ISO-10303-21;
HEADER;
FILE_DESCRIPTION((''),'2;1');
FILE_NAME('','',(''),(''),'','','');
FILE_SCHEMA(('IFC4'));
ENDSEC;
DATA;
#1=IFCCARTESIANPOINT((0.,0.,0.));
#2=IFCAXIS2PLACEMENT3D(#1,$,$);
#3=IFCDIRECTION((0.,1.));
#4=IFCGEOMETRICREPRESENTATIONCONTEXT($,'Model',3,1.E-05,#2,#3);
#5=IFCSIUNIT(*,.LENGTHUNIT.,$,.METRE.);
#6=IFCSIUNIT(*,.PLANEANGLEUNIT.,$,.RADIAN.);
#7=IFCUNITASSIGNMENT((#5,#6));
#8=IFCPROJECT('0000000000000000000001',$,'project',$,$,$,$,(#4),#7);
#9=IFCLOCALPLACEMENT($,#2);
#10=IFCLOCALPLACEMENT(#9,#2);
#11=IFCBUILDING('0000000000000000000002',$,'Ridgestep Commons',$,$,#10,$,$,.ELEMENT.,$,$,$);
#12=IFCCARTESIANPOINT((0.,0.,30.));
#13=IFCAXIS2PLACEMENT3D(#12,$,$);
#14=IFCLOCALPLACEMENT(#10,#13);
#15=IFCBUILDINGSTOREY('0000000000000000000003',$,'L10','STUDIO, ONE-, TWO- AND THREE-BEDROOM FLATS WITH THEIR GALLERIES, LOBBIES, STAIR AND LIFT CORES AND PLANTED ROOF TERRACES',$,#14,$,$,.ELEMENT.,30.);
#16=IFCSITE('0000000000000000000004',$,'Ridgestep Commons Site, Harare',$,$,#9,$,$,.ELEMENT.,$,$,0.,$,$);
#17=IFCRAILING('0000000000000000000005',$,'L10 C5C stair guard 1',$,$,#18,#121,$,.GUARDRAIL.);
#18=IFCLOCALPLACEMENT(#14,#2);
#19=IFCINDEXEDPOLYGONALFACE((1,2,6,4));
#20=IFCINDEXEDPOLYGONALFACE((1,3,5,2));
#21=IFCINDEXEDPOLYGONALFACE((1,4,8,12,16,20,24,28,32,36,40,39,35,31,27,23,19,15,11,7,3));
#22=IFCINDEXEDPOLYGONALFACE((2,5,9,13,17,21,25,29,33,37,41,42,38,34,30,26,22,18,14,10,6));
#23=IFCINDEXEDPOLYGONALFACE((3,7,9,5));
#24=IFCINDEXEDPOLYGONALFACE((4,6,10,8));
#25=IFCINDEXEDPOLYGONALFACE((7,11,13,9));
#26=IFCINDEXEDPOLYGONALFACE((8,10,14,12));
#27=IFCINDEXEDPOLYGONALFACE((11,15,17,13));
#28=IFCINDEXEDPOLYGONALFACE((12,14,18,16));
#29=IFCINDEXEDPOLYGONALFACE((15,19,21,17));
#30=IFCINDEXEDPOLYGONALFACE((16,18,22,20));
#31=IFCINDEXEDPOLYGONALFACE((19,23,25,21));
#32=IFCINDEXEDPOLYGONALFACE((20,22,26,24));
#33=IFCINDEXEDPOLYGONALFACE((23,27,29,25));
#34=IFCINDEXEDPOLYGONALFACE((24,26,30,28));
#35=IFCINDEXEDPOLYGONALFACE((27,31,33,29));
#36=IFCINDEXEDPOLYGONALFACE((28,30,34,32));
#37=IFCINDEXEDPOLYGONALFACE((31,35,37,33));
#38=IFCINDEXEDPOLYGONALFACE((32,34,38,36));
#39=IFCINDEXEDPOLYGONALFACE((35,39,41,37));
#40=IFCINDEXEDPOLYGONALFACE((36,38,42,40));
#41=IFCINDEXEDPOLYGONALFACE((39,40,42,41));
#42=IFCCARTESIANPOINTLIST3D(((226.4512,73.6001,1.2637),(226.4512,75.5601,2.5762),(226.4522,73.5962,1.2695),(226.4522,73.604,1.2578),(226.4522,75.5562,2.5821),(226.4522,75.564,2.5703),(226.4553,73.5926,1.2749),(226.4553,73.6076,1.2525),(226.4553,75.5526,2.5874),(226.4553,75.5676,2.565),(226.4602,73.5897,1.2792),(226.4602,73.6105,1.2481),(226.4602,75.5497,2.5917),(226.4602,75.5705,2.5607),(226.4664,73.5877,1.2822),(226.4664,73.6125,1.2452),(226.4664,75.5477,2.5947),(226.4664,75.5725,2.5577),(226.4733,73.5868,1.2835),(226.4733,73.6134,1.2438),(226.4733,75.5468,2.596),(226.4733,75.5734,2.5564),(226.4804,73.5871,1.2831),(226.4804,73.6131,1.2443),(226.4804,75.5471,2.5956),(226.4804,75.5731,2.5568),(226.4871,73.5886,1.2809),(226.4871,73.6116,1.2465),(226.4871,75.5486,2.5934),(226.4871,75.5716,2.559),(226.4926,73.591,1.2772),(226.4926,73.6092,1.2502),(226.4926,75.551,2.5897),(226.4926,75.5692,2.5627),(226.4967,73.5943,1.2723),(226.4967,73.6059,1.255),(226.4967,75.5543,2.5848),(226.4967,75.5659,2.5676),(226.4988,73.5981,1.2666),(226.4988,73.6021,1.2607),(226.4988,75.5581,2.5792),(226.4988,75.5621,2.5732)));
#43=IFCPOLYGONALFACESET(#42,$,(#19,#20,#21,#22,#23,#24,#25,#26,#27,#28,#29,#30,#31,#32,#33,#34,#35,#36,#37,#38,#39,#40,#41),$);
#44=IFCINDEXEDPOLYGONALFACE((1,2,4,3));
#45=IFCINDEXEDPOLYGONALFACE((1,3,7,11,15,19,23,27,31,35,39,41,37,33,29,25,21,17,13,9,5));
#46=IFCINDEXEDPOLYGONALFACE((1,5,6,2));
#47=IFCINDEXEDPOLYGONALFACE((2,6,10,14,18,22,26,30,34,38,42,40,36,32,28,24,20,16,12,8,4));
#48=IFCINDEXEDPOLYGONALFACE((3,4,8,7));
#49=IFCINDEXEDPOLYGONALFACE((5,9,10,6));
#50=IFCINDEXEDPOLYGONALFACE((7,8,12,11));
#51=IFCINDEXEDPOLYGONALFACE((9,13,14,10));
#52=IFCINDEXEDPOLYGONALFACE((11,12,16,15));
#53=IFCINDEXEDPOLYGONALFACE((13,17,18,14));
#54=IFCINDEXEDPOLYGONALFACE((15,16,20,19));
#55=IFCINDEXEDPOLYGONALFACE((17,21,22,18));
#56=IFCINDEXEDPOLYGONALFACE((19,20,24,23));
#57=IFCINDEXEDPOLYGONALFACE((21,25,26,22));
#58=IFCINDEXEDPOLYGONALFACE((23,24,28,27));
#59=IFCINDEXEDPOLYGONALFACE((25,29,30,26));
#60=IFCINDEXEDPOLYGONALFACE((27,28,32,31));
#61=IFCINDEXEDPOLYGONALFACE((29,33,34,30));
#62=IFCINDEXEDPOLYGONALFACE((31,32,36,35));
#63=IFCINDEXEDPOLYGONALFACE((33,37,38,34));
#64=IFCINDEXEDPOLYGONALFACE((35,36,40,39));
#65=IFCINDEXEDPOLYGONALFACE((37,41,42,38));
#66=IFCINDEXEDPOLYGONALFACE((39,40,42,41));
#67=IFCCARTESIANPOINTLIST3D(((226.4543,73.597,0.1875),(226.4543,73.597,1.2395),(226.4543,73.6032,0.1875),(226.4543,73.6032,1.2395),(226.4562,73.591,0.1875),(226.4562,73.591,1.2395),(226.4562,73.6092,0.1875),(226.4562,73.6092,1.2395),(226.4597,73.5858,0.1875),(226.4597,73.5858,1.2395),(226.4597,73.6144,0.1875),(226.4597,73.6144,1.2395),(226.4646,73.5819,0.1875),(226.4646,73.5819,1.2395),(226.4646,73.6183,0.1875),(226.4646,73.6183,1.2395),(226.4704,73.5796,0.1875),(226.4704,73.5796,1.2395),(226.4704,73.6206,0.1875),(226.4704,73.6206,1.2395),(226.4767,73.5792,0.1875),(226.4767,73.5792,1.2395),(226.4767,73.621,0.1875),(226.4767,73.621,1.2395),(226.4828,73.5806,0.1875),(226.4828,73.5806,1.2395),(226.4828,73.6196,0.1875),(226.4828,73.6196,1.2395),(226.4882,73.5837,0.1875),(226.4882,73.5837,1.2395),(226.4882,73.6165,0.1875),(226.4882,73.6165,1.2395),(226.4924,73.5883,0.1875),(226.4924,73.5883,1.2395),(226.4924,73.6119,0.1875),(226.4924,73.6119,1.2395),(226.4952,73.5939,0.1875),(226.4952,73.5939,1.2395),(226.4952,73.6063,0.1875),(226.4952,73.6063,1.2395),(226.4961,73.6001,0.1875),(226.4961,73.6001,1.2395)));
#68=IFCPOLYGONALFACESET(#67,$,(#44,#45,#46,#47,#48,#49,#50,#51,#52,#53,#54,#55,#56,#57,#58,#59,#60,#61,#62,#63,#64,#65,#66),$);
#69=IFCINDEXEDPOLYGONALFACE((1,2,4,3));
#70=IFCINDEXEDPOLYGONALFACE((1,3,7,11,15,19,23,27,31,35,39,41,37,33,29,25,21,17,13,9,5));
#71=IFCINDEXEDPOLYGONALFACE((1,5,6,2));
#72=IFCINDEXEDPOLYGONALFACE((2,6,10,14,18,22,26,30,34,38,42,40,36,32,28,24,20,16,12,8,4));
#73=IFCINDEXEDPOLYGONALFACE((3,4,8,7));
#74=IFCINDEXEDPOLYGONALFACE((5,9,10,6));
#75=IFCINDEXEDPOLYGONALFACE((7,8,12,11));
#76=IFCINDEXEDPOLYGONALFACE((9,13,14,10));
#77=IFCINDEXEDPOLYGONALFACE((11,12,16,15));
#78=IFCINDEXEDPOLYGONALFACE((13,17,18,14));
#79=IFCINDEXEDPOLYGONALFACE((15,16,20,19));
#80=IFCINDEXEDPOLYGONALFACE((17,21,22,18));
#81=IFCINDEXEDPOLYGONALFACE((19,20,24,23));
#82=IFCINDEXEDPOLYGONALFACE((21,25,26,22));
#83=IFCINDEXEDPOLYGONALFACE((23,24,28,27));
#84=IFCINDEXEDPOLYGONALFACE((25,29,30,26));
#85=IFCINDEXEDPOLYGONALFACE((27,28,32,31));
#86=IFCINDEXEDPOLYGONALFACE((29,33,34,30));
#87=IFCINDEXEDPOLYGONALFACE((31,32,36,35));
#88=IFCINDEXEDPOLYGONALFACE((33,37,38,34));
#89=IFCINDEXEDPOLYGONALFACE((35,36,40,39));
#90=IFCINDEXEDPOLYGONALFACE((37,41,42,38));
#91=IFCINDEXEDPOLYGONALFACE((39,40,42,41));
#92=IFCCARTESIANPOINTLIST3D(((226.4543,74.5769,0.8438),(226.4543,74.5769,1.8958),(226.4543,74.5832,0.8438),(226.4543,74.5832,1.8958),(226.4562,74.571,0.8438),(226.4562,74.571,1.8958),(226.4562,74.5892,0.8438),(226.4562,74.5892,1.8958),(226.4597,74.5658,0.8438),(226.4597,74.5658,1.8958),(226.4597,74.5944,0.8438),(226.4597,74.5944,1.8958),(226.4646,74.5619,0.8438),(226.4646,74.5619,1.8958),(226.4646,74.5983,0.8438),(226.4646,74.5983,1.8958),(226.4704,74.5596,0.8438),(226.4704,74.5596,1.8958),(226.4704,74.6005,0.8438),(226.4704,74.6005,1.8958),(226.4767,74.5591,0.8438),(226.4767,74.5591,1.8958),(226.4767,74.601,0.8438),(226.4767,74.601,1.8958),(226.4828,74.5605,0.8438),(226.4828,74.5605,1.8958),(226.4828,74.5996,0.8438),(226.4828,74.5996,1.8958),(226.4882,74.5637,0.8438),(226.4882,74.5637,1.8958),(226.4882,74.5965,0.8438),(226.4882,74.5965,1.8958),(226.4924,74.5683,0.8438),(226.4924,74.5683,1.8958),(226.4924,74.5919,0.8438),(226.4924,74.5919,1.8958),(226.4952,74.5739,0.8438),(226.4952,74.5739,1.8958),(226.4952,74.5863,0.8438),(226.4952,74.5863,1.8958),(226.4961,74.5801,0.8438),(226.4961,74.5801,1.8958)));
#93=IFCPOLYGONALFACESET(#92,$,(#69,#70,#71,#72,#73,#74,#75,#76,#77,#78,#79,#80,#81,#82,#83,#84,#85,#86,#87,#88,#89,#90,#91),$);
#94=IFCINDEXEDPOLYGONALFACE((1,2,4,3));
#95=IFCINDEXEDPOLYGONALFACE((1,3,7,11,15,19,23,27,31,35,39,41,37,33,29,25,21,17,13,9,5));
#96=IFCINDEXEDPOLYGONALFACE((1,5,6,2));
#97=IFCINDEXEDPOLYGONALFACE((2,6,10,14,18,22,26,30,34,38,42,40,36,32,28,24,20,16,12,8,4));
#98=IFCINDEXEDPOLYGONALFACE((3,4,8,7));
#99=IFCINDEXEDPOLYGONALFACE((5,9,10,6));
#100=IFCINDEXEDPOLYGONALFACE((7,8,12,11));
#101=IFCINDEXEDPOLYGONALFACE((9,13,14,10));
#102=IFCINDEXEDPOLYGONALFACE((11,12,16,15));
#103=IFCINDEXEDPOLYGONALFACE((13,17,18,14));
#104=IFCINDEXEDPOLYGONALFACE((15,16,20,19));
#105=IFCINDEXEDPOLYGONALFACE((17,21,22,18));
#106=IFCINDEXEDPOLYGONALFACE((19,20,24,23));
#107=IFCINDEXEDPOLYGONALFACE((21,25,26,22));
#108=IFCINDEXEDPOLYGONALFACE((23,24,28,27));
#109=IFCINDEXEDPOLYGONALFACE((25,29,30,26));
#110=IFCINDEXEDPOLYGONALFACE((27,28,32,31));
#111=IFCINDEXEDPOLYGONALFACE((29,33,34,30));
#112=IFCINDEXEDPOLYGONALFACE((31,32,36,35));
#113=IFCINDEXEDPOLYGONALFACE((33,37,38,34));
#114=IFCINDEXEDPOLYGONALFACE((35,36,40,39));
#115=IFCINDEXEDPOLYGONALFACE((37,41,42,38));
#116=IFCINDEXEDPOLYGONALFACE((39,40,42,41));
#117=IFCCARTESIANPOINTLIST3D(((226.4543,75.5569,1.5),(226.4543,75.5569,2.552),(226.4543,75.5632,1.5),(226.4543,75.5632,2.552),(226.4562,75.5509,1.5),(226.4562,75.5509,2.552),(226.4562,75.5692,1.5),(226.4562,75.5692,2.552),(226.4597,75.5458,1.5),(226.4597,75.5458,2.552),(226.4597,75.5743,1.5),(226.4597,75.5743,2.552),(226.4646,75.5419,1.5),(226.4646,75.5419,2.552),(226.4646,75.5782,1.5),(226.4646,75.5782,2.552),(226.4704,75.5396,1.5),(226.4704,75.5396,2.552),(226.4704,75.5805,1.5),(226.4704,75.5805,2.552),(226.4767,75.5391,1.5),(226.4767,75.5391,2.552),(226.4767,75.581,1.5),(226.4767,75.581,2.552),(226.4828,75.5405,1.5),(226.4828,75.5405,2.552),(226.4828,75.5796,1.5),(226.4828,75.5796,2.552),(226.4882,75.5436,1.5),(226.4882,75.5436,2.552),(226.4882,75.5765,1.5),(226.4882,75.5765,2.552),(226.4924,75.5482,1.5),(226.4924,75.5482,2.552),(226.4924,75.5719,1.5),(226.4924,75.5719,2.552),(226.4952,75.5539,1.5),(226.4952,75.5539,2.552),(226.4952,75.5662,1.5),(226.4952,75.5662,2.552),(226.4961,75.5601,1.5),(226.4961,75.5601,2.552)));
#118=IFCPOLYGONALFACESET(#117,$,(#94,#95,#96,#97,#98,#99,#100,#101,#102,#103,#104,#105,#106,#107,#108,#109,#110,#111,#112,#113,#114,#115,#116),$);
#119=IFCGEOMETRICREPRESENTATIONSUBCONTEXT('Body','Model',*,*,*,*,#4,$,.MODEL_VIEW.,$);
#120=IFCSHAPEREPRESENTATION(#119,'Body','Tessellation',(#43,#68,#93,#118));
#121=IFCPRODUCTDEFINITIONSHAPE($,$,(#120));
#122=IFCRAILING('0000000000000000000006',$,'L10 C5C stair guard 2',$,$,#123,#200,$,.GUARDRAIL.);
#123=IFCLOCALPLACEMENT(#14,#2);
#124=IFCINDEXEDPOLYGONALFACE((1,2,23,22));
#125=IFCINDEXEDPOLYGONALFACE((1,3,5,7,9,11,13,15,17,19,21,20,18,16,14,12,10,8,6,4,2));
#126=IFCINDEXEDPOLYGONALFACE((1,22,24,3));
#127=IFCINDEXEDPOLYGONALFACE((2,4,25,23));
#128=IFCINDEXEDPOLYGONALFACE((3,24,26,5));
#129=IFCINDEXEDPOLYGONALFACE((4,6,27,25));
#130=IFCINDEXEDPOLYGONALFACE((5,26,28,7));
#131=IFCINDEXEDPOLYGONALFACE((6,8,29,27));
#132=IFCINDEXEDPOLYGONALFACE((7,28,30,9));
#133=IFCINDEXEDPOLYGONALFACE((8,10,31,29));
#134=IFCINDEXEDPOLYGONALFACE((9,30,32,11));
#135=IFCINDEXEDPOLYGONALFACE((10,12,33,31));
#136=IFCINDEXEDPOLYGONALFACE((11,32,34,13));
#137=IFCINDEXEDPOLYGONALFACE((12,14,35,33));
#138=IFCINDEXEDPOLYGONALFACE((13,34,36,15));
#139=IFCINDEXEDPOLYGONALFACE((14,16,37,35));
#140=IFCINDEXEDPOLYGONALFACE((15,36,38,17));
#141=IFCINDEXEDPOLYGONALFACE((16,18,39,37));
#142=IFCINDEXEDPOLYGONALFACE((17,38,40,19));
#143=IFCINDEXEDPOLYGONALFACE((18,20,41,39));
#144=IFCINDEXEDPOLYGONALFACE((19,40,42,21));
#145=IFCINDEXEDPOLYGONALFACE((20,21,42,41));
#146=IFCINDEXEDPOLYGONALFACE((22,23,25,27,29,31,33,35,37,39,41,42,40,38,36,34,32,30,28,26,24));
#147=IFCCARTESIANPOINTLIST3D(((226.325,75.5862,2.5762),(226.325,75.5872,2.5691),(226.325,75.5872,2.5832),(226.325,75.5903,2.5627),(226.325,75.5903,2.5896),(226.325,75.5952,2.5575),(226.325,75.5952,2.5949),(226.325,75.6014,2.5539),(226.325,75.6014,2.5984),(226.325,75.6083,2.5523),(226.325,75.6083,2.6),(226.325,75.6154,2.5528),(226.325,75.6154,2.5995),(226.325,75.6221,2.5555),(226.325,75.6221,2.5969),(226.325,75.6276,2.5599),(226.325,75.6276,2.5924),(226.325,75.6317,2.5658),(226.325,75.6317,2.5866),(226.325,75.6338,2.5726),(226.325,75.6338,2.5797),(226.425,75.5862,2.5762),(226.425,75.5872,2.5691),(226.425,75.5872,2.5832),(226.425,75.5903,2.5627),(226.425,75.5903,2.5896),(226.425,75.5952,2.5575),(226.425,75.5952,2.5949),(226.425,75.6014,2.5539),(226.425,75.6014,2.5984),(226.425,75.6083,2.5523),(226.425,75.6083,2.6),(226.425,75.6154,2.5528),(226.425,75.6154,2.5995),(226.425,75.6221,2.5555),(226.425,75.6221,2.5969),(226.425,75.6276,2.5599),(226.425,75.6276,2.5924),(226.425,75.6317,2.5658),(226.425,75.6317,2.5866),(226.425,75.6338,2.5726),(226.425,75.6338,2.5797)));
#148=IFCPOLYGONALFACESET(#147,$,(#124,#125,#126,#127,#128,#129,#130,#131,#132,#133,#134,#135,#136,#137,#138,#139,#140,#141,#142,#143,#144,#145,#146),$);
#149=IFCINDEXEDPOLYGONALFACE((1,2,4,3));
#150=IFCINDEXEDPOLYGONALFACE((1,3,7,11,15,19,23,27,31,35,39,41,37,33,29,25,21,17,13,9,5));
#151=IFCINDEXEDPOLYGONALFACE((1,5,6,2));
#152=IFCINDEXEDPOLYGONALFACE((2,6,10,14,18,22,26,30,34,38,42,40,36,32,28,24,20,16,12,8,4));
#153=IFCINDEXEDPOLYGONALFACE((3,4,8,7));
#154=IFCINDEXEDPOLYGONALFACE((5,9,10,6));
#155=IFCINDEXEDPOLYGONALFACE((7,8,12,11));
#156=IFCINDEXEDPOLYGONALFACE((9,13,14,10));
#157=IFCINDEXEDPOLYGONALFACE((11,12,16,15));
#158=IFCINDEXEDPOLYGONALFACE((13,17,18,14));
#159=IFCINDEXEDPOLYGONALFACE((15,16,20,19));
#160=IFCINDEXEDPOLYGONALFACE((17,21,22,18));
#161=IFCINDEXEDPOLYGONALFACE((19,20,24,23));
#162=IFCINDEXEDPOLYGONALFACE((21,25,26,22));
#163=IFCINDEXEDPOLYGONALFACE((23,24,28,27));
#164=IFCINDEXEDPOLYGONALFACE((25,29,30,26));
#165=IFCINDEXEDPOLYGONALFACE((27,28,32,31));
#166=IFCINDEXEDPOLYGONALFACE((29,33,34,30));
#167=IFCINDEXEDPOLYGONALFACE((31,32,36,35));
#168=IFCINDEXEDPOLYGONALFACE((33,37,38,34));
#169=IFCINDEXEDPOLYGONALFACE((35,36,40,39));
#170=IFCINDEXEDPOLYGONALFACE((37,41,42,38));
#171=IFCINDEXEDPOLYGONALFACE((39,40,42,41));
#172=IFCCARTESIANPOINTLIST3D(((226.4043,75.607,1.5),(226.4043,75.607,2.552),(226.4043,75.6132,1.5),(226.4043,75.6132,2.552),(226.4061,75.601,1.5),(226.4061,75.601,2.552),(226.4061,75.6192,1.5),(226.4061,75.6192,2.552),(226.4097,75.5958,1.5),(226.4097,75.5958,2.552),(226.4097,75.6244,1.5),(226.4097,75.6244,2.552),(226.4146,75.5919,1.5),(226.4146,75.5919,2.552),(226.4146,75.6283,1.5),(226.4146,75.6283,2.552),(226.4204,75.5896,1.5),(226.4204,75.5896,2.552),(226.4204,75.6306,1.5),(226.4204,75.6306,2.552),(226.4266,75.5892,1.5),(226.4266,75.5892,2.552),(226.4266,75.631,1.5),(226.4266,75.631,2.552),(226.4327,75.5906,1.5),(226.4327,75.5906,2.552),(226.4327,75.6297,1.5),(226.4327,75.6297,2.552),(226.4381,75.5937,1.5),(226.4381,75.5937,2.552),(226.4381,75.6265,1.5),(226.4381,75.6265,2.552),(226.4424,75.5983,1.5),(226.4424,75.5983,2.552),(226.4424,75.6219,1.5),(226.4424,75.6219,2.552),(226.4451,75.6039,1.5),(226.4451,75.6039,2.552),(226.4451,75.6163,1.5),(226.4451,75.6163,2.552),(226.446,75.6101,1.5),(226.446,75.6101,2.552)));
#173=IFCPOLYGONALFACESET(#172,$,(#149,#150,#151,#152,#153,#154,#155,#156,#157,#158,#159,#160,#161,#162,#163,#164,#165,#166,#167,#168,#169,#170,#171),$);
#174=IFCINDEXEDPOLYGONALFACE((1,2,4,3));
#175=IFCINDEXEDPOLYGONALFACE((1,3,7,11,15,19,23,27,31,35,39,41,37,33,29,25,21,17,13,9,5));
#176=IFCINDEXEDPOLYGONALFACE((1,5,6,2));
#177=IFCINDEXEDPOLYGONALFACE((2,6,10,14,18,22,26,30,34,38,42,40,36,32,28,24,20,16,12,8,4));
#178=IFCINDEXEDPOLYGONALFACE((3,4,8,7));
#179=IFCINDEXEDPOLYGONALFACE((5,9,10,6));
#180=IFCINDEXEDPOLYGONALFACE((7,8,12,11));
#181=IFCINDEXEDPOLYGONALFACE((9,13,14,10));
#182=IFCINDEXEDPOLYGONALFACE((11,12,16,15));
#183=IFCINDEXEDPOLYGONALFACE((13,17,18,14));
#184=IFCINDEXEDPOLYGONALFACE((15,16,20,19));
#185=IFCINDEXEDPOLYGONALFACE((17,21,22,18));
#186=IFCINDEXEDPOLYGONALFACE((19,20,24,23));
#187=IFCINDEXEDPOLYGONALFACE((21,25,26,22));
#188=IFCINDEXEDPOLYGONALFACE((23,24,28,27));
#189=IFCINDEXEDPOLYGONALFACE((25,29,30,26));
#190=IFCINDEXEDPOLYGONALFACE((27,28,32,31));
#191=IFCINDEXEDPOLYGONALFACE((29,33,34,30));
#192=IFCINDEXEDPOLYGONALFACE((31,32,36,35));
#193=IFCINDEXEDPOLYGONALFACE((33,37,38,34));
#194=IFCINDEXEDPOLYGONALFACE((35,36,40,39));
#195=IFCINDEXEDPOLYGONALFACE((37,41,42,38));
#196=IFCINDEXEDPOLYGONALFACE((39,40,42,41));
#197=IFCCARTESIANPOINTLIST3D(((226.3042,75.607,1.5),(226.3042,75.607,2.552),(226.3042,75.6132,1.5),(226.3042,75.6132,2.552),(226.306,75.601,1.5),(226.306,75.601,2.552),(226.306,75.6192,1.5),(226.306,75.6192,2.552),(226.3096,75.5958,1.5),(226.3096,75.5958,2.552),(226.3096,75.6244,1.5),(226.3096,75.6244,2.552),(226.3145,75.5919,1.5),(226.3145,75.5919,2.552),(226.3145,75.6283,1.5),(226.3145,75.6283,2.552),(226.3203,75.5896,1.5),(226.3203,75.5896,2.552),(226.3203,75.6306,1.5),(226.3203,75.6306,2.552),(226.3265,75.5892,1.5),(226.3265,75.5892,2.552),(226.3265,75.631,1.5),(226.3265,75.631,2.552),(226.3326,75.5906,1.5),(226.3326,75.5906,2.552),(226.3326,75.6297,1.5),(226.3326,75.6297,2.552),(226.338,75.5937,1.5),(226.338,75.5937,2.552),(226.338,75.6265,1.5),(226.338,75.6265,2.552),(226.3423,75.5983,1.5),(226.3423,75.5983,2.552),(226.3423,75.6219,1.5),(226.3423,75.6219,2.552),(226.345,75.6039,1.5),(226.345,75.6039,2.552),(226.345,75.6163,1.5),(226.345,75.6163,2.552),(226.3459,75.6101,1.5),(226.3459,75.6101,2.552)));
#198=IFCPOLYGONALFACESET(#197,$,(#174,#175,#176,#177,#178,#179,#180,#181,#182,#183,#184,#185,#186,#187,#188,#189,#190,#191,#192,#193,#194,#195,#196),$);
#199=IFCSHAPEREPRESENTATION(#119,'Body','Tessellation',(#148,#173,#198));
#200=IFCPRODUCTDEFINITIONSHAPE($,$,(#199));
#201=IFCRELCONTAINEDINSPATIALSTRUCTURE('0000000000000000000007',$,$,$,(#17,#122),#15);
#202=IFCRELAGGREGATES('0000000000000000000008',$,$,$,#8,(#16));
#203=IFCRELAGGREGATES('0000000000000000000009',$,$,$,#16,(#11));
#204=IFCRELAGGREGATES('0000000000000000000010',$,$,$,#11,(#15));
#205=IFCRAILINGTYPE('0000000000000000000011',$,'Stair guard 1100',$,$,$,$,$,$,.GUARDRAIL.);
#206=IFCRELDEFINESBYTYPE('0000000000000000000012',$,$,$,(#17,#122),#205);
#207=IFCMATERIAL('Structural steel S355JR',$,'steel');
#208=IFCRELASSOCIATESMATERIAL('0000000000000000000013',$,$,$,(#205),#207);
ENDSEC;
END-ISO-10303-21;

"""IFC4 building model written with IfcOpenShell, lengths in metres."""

from ifc_helpers import new_model, si_unit, direction, frame, origin, origin_2d, place, context, subcontext, project, spatial, circle, extrude, material, type_object, element, save


model = new_model("IFC4")

# Units and contexts
model_context = context("Model", 3, precision=1e-05, world=origin(), true_north=direction((0.0, 1.0)))
body_context = subcontext(model_context, "Body", "Model", "MODEL_VIEW")
ifc_project = project(units=[si_unit("LENGTHUNIT", "METRE"), si_unit("PLANEANGLEUNIT", "RADIAN")], contexts=[model_context])

# Site, building, storey
site_placement = place(None, origin())
site = spatial("IfcSite", under=ifc_project, at=site_placement, Name="Ridgestep Commons Site, Harare", CompositionType="ELEMENT", RefElevation=0.0)
building_placement = place(site_placement, origin())
building = spatial("IfcBuilding", under=site, at=building_placement, Name="Ridgestep Commons", CompositionType="ELEMENT")
storey_placement = place(building_placement, frame((0.0, 0.0, 30.0)))
storey = spatial("IfcBuildingStorey", under=building, at=storey_placement, Name="L10", Description="STUDIO, ONE-, TWO- AND THREE-BEDROOM FLATS WITH THEIR GALLERIES, LOBBIES, STAIR AND LIFT CORES AND PLANTED ROOF TERRACES", CompositionType="ELEMENT", Elevation=30.0)

# Railings
ifc_material_1 = material(Name="Structural steel S355JR", Category="steel")
railing_type_1 = type_object("IfcRailingType", Name="Stair guard 1100", PredefinedType="GUARDRAIL", material=ifc_material_1)
railing_1_placement = place(storey_placement, frame((226.4751, 73.6001, 0.1875)))
element("IfcRailing", 1, at=railing_1_placement, inside=storey, type_object=railing_type_1, Name="L10 C5C stair guard 1", PredefinedType="GUARDRAIL", context=body_context, shape_type="SweptSolid", body=[
    extrude(circle(Radius=0.0239, at=origin_2d()), frame((0.0, 0.0, 1.0762), z_axis=(0.0, 0.830902, 0.556419), x_axis=(-1.0, 0.0, 0.0)), (0.0, 0.0, 1.0), 2.3589),
    extrude(circle(Radius=0.021, at=origin_2d()), origin(), (0.0, 0.0, 1.0), 1.052),
    extrude(circle(Radius=0.021, at=origin_2d()), frame((0.0, 0.98, 0.6562)), (0.0, 0.0, 1.0), 1.052),
    extrude(circle(Radius=0.021, at=origin_2d()), frame((0.0, 1.96, 1.3125)), (0.0, 0.0, 1.0), 1.052),
])
railing_2_placement = place(storey_placement, frame((226.425, 75.6101, 1.5)))
element("IfcRailing", 2, at=railing_2_placement, inside=storey, type_object=railing_type_1, Name="L10 C5C stair guard 2", PredefinedType="GUARDRAIL", context=body_context, shape_type="SweptSolid", body=[
    extrude(circle(Radius=0.0239, at=origin_2d()), frame((0.0, 0.0, 1.0762), z_axis=(-1.0, 0.0, 0.0), x_axis=(0.0, -1.0, 0.0)), (0.0, 0.0, 1.0), 0.1001),
    extrude(circle(Radius=0.021, at=origin_2d()), origin(), (0.0, 0.0, 1.0), 1.052),
    extrude(circle(Radius=0.021, at=origin_2d()), frame((-0.1001, 0.0, 0.0)), (0.0, 0.0, 1.0), 1.052),
])

save(model, "model.ifc")
